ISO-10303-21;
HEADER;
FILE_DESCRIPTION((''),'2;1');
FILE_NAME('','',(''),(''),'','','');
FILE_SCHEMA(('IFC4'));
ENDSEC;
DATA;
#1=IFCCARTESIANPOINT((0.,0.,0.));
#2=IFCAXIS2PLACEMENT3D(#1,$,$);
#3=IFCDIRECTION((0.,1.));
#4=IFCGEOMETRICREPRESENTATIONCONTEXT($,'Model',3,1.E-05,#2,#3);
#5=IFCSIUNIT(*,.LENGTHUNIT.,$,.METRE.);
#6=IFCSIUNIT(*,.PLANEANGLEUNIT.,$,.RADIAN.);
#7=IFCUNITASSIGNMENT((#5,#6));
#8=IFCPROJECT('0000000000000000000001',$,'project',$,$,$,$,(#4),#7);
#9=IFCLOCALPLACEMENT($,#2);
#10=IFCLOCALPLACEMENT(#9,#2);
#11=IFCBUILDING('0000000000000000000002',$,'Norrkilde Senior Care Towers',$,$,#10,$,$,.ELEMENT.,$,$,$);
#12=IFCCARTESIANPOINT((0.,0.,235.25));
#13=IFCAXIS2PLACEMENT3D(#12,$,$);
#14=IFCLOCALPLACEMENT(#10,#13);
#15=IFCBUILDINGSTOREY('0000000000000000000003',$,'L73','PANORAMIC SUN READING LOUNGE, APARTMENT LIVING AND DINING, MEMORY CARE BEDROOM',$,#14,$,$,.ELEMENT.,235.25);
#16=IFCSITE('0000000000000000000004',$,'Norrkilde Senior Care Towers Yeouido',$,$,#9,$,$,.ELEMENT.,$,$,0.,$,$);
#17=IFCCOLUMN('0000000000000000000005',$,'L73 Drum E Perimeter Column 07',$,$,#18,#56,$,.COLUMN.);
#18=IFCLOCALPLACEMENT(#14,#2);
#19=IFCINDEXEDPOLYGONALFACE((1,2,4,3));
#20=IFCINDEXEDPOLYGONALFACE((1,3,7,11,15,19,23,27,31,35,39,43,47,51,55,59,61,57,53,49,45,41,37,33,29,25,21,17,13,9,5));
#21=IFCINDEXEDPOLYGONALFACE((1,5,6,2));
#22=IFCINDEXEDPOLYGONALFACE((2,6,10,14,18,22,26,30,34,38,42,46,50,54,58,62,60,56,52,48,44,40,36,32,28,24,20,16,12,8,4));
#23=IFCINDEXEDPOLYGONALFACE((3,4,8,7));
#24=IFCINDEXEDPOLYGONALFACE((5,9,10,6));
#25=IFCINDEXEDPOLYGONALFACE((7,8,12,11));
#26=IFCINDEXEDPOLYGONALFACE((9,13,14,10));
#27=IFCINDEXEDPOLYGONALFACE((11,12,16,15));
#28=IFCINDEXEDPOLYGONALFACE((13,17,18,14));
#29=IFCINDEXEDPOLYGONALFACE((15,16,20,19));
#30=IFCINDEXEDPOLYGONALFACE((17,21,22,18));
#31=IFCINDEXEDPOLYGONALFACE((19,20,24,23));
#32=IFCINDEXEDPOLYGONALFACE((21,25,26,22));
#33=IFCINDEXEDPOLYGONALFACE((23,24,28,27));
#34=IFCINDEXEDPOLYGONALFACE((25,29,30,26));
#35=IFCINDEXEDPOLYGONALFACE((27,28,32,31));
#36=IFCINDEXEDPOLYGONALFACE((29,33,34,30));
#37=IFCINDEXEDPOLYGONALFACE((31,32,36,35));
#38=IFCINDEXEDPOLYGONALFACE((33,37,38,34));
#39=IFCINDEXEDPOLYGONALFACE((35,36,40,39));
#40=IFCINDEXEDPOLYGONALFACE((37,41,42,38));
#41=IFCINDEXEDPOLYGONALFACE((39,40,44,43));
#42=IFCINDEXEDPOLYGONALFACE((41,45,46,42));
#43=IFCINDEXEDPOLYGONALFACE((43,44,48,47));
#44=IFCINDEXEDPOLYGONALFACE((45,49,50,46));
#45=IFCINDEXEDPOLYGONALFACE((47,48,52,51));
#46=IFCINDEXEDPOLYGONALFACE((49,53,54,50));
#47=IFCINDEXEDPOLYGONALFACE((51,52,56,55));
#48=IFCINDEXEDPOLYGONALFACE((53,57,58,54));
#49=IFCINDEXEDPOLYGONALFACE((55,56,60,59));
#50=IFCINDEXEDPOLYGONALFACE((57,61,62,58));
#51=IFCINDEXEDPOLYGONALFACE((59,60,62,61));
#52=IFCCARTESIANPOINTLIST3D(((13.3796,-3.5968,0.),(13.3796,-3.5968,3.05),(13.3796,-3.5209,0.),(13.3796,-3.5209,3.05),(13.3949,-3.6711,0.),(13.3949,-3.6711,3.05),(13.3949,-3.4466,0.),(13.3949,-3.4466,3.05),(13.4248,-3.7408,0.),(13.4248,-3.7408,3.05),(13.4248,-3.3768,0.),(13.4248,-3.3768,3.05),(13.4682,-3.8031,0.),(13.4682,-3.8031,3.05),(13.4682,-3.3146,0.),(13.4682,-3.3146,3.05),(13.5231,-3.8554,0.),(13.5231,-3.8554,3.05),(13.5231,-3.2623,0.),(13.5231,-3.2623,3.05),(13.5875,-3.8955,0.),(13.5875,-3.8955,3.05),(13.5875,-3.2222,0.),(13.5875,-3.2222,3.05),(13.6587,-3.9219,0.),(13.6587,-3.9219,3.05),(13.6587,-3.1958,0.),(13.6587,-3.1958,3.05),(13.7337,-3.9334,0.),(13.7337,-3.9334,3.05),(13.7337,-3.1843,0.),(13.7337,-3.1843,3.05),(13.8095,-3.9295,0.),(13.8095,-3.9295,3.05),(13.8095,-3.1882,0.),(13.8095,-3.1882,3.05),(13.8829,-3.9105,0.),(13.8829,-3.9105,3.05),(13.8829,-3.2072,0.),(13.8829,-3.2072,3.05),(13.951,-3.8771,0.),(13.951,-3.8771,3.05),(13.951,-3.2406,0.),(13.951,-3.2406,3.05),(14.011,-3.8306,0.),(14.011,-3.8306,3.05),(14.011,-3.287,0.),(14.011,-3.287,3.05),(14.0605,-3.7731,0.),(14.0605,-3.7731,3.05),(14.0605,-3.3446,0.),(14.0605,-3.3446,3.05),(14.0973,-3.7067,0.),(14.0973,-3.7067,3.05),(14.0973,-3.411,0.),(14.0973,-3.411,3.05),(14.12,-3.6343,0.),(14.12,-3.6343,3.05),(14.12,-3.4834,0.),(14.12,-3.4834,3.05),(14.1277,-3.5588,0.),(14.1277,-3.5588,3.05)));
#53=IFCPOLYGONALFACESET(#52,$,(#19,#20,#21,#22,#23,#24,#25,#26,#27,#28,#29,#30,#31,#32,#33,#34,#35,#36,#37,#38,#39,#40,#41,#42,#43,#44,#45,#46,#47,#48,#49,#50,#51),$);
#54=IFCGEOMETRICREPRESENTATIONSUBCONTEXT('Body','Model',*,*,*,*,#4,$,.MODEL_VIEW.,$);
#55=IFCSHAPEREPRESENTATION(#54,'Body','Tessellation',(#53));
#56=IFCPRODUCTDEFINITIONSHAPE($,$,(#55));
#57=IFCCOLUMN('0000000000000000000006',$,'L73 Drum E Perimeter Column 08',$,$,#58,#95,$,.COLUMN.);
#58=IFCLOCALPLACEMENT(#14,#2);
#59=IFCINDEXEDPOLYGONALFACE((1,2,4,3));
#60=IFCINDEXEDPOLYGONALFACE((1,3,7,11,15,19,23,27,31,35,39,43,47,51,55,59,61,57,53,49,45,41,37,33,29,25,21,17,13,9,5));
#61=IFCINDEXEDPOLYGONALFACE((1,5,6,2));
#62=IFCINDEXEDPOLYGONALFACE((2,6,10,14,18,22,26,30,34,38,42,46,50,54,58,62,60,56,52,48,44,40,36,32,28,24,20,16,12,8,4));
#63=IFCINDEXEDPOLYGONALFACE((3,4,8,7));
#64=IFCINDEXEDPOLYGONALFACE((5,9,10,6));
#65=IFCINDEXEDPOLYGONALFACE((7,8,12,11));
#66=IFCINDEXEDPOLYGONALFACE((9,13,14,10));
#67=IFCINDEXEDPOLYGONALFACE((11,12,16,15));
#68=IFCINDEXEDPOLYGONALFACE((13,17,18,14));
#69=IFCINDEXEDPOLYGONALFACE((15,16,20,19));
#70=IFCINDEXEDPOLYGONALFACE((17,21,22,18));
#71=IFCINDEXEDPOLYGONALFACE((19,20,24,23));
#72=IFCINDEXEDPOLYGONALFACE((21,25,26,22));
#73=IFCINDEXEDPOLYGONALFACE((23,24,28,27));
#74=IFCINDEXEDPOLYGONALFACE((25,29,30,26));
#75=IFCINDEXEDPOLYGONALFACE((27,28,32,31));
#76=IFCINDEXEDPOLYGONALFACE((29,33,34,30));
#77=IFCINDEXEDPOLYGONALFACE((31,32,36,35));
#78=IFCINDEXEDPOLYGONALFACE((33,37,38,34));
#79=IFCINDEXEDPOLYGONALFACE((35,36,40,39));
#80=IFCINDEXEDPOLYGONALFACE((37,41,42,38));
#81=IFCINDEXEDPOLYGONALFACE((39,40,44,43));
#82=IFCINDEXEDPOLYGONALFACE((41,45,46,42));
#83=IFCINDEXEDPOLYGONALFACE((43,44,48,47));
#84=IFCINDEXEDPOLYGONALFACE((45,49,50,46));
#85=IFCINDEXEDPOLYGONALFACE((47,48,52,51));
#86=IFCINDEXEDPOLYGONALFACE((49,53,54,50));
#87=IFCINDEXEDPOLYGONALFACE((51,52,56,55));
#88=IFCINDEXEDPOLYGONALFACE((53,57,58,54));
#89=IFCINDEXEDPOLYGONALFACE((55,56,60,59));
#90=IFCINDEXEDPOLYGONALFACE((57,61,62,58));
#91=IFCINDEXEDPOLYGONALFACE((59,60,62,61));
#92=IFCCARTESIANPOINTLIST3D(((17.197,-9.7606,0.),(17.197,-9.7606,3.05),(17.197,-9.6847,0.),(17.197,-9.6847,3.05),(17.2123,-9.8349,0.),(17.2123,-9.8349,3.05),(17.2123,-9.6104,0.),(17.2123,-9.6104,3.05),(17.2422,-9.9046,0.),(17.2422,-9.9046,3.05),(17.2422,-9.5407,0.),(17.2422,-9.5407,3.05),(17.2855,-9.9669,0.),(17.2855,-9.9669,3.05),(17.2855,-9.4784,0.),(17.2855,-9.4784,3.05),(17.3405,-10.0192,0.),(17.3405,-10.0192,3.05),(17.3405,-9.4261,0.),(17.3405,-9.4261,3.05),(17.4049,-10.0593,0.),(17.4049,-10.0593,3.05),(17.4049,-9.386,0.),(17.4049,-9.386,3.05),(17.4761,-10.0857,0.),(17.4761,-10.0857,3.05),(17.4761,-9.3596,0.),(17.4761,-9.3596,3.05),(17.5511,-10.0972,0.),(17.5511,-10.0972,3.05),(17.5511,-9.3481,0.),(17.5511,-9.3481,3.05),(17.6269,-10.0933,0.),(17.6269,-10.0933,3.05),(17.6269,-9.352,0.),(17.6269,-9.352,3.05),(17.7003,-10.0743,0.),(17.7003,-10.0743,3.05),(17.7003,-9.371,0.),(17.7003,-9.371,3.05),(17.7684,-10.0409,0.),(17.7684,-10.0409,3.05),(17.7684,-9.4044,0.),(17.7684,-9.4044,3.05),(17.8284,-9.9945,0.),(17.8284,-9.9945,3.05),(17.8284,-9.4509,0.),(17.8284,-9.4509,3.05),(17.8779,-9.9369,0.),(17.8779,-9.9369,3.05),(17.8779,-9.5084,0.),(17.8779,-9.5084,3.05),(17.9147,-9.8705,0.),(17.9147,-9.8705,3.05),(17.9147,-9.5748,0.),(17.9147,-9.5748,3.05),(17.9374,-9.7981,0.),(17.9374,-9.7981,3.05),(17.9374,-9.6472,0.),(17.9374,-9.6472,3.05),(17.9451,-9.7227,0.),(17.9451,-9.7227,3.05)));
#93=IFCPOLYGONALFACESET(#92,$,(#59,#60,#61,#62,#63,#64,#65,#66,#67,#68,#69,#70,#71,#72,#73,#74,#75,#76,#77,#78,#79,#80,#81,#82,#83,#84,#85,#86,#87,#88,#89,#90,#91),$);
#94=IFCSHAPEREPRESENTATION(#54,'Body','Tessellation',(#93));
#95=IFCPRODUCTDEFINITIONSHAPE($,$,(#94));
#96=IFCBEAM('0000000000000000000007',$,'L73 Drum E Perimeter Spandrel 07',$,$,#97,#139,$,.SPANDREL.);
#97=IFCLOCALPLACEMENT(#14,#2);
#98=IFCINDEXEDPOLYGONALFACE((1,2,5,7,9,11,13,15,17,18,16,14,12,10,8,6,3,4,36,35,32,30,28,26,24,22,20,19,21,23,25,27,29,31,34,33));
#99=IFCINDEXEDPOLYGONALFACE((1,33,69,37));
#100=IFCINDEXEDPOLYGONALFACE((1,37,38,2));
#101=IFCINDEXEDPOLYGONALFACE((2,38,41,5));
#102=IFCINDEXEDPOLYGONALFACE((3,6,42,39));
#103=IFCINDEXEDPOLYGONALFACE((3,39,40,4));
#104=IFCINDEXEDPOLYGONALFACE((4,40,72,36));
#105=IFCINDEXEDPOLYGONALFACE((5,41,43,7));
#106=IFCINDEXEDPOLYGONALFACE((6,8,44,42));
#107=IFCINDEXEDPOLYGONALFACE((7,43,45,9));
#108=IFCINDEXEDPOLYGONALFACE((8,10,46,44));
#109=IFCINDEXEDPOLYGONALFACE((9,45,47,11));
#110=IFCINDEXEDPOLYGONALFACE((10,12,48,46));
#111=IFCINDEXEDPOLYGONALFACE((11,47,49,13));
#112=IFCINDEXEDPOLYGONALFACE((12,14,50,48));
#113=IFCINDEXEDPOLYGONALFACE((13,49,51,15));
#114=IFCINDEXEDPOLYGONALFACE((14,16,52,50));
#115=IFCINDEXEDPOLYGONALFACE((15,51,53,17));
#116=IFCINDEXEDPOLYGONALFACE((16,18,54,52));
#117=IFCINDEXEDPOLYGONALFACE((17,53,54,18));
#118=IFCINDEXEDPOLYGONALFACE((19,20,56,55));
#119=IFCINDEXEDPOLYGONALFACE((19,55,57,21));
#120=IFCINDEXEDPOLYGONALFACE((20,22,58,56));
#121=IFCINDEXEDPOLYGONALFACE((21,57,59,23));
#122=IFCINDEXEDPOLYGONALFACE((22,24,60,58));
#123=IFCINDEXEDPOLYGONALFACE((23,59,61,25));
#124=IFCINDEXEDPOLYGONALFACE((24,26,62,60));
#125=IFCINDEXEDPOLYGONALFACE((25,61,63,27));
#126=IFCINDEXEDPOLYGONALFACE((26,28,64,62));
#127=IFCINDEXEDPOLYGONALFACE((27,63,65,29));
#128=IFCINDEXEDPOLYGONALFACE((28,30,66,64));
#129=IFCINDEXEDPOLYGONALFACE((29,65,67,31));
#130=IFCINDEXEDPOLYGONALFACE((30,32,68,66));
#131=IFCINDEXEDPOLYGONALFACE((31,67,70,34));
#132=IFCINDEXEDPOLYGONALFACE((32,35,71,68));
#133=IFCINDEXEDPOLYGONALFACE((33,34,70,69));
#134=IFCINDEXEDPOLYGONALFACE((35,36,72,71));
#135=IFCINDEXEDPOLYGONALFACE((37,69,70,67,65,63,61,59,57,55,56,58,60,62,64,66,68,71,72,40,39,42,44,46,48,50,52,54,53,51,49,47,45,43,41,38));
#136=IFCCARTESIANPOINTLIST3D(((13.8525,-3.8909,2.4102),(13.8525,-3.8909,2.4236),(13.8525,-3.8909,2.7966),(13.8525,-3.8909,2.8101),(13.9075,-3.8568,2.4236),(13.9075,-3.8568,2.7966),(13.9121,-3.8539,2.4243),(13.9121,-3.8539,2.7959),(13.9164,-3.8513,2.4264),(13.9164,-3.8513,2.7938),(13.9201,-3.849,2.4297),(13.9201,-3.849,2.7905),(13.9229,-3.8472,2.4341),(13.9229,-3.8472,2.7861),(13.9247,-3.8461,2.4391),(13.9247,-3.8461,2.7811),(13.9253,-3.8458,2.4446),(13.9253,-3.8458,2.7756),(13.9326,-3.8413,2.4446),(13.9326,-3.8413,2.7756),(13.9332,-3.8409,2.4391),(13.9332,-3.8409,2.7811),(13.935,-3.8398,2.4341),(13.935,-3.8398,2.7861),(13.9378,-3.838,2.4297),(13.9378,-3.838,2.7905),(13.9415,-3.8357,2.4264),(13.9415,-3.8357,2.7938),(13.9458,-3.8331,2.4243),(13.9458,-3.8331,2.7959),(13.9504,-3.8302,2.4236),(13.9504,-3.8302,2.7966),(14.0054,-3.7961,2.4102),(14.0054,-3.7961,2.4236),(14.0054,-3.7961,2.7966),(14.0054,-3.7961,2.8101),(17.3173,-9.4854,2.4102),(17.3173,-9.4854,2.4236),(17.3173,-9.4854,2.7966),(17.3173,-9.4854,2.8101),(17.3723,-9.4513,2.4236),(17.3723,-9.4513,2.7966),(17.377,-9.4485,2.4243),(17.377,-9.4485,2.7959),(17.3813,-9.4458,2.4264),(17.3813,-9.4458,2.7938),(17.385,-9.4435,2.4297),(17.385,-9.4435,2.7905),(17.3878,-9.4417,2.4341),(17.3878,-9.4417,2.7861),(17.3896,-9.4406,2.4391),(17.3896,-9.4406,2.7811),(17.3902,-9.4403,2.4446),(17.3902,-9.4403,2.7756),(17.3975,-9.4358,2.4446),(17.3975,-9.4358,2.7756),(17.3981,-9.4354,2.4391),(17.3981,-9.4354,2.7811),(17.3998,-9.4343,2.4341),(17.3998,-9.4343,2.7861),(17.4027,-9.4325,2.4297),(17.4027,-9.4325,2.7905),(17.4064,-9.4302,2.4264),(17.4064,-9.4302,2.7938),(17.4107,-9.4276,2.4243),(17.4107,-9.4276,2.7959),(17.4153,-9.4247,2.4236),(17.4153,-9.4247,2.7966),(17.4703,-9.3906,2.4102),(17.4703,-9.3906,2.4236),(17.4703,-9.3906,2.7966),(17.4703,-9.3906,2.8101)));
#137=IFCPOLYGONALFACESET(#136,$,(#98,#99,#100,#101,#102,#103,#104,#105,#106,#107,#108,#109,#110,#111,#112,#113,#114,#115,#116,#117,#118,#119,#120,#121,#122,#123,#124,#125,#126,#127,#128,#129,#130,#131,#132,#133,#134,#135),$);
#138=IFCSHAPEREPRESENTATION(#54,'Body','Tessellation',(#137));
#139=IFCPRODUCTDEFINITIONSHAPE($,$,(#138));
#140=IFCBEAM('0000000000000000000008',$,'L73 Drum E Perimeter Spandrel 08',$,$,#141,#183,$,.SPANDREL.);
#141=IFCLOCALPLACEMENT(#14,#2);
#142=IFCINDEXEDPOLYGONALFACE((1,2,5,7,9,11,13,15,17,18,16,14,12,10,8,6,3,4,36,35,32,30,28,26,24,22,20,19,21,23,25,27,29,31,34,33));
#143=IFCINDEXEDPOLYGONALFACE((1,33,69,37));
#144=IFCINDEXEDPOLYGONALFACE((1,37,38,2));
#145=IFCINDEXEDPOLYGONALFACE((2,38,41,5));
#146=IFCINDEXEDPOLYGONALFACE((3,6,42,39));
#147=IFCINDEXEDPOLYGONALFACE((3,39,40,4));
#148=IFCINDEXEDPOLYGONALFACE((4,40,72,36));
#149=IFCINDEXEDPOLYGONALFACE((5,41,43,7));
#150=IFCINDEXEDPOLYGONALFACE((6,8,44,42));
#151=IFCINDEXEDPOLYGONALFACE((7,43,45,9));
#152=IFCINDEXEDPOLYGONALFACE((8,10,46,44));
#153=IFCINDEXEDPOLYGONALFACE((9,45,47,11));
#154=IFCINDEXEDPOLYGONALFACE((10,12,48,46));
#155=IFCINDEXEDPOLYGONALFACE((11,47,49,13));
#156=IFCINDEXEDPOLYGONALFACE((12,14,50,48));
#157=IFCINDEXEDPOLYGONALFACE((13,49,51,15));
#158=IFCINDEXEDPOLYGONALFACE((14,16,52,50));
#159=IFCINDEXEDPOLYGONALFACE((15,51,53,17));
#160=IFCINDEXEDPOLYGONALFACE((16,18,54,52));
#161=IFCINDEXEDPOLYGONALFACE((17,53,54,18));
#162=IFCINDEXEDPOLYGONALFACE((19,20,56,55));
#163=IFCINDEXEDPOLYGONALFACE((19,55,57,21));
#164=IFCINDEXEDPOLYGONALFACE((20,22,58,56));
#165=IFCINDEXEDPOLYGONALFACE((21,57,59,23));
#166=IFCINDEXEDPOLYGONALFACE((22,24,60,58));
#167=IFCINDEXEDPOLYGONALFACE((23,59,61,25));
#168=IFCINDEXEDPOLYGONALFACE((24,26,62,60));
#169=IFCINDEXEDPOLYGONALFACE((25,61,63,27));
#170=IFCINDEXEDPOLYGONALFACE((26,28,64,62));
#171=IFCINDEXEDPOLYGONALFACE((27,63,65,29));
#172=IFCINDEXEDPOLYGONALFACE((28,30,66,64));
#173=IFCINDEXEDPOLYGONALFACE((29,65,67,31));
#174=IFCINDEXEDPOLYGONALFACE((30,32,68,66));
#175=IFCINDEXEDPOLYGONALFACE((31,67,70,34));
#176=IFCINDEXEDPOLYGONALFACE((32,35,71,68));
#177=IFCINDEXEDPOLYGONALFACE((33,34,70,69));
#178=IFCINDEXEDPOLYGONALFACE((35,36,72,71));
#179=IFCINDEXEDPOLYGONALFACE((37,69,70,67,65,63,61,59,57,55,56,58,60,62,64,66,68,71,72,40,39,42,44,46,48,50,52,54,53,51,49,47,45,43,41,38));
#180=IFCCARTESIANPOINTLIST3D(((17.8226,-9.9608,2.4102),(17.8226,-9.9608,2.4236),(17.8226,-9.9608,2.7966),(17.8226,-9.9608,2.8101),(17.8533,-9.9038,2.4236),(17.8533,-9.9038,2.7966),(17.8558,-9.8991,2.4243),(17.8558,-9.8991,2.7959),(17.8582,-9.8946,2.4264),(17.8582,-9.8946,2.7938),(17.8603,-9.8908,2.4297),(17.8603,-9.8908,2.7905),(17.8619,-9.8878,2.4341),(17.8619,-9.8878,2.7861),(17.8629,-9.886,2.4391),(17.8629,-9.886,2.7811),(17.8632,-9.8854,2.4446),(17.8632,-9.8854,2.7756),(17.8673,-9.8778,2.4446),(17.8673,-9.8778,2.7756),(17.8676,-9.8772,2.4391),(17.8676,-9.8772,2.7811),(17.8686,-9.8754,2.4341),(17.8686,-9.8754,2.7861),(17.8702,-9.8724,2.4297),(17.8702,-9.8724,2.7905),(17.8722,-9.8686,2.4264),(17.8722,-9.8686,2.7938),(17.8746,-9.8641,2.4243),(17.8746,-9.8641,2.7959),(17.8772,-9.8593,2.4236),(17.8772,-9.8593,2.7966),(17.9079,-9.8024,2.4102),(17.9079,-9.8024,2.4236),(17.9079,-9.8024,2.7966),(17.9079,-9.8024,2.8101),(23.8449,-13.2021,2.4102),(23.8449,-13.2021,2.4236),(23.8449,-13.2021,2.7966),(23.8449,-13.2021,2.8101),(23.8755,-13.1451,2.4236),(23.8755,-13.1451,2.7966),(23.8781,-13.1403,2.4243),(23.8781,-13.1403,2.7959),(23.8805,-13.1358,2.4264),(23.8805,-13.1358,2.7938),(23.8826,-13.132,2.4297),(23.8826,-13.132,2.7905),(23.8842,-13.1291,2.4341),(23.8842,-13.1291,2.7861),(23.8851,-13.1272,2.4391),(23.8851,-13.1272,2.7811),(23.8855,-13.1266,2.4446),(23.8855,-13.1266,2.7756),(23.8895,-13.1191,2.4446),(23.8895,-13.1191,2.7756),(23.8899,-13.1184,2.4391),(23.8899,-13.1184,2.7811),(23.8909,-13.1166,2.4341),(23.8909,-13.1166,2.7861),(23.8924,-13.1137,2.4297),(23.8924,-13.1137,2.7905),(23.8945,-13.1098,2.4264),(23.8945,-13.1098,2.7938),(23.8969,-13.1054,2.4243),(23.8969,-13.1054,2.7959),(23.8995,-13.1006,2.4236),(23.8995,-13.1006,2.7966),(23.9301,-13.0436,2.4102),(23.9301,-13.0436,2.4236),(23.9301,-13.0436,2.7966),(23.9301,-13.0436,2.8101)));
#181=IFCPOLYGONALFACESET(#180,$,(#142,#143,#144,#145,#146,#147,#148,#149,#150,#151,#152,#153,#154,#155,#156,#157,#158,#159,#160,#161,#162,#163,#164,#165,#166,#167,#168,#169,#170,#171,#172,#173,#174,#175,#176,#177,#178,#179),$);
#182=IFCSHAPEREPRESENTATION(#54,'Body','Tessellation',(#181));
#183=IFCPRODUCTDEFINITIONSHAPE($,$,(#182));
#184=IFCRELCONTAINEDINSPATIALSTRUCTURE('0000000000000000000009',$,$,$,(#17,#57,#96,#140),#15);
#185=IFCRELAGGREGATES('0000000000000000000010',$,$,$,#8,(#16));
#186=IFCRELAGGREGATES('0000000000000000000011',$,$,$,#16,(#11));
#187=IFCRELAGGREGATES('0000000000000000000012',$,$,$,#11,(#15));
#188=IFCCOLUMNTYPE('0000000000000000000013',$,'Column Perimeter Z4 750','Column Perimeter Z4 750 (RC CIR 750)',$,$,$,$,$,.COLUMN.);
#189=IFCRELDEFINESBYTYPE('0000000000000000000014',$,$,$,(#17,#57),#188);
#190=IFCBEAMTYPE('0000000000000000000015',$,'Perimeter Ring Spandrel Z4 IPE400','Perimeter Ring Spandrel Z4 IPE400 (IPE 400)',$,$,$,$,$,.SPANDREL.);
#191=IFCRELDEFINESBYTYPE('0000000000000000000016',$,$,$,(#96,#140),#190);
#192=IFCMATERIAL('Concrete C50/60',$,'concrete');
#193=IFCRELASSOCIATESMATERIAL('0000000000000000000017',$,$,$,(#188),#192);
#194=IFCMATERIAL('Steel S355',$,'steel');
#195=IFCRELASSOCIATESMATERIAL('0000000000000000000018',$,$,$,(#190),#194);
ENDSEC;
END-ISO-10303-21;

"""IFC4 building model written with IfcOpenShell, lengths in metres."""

from ifc_helpers import new_model, si_unit, direction, frame, origin, origin_2d, place, context, subcontext, project, spatial, circle, i_section, extrude, source, transform, mapped, material, material_profile, profile_set, type_object, type_shapes, element, save


model = new_model("IFC4")

# Units and contexts
model_context = context("Model", 3, precision=1e-05, world=origin(), true_north=direction((0.0, 1.0)))
body_context = subcontext(model_context, "Body", "Model", "MODEL_VIEW")
ifc_project = project(units=[si_unit("LENGTHUNIT", "METRE"), si_unit("PLANEANGLEUNIT", "RADIAN")], contexts=[model_context])

# Site, building, storey
site_placement = place(None, origin())
site = spatial("IfcSite", under=ifc_project, at=site_placement, Name="Norrkilde Senior Care Towers Yeouido", CompositionType="ELEMENT", RefElevation=0.0)
building_placement = place(site_placement, origin())
building = spatial("IfcBuilding", under=site, at=building_placement, Name="Norrkilde Senior Care Towers", CompositionType="ELEMENT")
storey_placement = place(building_placement, frame((0.0, 0.0, 235.25)))
storey = spatial("IfcBuildingStorey", under=building, at=storey_placement, Name="L73", Description="PANORAMIC SUN READING LOUNGE, APARTMENT LIVING AND DINING, MEMORY CARE BEDROOM", CompositionType="ELEMENT", Elevation=235.25)

# Columns
ifc_material_1 = material(Name="Concrete C50/60", Category="concrete")
ifc_material_profile_1 = material_profile(ifc_material_1, circle(Radius=0.375, at=origin_2d()), Name="RC CIR 750")
ifc_profile_set_1 = profile_set([ifc_material_profile_1], Name="Concrete C50/60")
column_type = type_object("IfcColumnType", Name="Column Perimeter Z4 750", Description="Column Perimeter Z4 750 (RC CIR 750)", PredefinedType="COLUMN", material=ifc_profile_set_1)
shared_shape_1 = source(origin(), body_context, "Body", "SweptSolid", [
    extrude(circle(Radius=0.375, at=origin_2d()), origin(), (0.0, 0.0, 1.0), 3.05),
])
type_shapes(column_type, [shared_shape_1])
for number, where, z_axis, x_axis, name in (
    (1, (13.7527, -3.5588, 0.0), (0.0, 0.0, 1.0), (1.0, 0.0, 0.0), "L73 Drum E Perimeter Column 07"),
    (2, (17.5701, -9.7227, 0.0), (0.0, 0.0, 1.0), (1.0, 0.0, 0.0), "L73 Drum E Perimeter Column 08"),
):
    element("IfcColumn", number, at=place(storey_placement, frame(where, z_axis=z_axis, x_axis=x_axis)), inside=storey, type_object=column_type, Name=name, PredefinedType="COLUMN", context=body_context, shape_type="MappedRepresentation", body=[
        mapped(shared_shape_1, transform((0.0, 0.0, 0.0), x_axis=(1.0, 0.0, 0.0), y_axis=(0.0, 1.0, 0.0), z_axis=(0.0, 0.0, 1.0), scale=1.0)),
    ])

# Beams
ifc_material_2 = material(Name="Steel S355", Category="steel")
ifc_material_profile_2 = material_profile(ifc_material_2, i_section(OverallWidth=0.1799, OverallDepth=0.3999, WebThickness=0.0085, FlangeThickness=0.0134, FilletRadius=0.021, at=origin_2d()), Name="IPE 400")
ifc_profile_set_2 = profile_set([ifc_material_profile_2], Name="Steel S355")
beam_type_1 = type_object("IfcBeamType", Name="Perimeter Ring Spandrel Z4 IPE400", Description="Perimeter Ring Spandrel Z4 IPE400 (IPE 400)", PredefinedType="SPANDREL", material=ifc_profile_set_2)
shared_shape_2 = source(origin(), body_context, "Body", "SweptSolid", [
    extrude(i_section(OverallWidth=0.1799, OverallDepth=0.3999, WebThickness=0.0085, FlangeThickness=0.0134, FilletRadius=0.021, at=origin_2d()), origin(), (0.0, 0.0, 1.0), 6.5806),
])
beam_1_placement = place(storey_placement, frame((13.929, -3.8435, 2.6101), z_axis=(0.52653, -0.850157, 0.0), x_axis=(0.850157, 0.52653, 0.0)))
element("IfcBeam", 3, at=beam_1_placement, inside=storey, type_object=beam_type_1, Name="L73 Drum E Perimeter Spandrel 07", PredefinedType="SPANDREL", context=body_context, shape_type="MappedRepresentation", body=[
    mapped(shared_shape_2, transform((0.0, 0.0, 0.0), x_axis=(1.0, 0.0, 0.0), y_axis=(0.0, 1.0, 0.0), z_axis=(0.0, 0.0, 1.0), scale=1.0)),
])
shared_shape_3 = source(origin(), body_context, "Body", "SweptSolid", [
    extrude(i_section(OverallWidth=0.1799, OverallDepth=0.3999, WebThickness=0.0085, FlangeThickness=0.0134, FilletRadius=0.021, at=origin_2d()), origin(), (0.0, 0.0, 1.0), 6.8391),
])
type_shapes(beam_type_1, [shared_shape_2, shared_shape_3])
beam_2_placement = place(storey_placement, frame((17.8652, -9.8816, 2.6101), z_axis=(0.880564, -0.473927, 0.0), x_axis=(0.473927, 0.880564, 0.0)))
element("IfcBeam", 4, at=beam_2_placement, inside=storey, type_object=beam_type_1, Name="L73 Drum E Perimeter Spandrel 08", PredefinedType="SPANDREL", context=body_context, shape_type="MappedRepresentation", body=[
    mapped(shared_shape_3, transform((0.0, 0.0, 0.0), x_axis=(1.0, 0.0, 0.0), y_axis=(0.0, 1.0, 0.0), z_axis=(0.0, 0.0, 1.0), scale=1.0)),
])

save(model, "model.ifc")
